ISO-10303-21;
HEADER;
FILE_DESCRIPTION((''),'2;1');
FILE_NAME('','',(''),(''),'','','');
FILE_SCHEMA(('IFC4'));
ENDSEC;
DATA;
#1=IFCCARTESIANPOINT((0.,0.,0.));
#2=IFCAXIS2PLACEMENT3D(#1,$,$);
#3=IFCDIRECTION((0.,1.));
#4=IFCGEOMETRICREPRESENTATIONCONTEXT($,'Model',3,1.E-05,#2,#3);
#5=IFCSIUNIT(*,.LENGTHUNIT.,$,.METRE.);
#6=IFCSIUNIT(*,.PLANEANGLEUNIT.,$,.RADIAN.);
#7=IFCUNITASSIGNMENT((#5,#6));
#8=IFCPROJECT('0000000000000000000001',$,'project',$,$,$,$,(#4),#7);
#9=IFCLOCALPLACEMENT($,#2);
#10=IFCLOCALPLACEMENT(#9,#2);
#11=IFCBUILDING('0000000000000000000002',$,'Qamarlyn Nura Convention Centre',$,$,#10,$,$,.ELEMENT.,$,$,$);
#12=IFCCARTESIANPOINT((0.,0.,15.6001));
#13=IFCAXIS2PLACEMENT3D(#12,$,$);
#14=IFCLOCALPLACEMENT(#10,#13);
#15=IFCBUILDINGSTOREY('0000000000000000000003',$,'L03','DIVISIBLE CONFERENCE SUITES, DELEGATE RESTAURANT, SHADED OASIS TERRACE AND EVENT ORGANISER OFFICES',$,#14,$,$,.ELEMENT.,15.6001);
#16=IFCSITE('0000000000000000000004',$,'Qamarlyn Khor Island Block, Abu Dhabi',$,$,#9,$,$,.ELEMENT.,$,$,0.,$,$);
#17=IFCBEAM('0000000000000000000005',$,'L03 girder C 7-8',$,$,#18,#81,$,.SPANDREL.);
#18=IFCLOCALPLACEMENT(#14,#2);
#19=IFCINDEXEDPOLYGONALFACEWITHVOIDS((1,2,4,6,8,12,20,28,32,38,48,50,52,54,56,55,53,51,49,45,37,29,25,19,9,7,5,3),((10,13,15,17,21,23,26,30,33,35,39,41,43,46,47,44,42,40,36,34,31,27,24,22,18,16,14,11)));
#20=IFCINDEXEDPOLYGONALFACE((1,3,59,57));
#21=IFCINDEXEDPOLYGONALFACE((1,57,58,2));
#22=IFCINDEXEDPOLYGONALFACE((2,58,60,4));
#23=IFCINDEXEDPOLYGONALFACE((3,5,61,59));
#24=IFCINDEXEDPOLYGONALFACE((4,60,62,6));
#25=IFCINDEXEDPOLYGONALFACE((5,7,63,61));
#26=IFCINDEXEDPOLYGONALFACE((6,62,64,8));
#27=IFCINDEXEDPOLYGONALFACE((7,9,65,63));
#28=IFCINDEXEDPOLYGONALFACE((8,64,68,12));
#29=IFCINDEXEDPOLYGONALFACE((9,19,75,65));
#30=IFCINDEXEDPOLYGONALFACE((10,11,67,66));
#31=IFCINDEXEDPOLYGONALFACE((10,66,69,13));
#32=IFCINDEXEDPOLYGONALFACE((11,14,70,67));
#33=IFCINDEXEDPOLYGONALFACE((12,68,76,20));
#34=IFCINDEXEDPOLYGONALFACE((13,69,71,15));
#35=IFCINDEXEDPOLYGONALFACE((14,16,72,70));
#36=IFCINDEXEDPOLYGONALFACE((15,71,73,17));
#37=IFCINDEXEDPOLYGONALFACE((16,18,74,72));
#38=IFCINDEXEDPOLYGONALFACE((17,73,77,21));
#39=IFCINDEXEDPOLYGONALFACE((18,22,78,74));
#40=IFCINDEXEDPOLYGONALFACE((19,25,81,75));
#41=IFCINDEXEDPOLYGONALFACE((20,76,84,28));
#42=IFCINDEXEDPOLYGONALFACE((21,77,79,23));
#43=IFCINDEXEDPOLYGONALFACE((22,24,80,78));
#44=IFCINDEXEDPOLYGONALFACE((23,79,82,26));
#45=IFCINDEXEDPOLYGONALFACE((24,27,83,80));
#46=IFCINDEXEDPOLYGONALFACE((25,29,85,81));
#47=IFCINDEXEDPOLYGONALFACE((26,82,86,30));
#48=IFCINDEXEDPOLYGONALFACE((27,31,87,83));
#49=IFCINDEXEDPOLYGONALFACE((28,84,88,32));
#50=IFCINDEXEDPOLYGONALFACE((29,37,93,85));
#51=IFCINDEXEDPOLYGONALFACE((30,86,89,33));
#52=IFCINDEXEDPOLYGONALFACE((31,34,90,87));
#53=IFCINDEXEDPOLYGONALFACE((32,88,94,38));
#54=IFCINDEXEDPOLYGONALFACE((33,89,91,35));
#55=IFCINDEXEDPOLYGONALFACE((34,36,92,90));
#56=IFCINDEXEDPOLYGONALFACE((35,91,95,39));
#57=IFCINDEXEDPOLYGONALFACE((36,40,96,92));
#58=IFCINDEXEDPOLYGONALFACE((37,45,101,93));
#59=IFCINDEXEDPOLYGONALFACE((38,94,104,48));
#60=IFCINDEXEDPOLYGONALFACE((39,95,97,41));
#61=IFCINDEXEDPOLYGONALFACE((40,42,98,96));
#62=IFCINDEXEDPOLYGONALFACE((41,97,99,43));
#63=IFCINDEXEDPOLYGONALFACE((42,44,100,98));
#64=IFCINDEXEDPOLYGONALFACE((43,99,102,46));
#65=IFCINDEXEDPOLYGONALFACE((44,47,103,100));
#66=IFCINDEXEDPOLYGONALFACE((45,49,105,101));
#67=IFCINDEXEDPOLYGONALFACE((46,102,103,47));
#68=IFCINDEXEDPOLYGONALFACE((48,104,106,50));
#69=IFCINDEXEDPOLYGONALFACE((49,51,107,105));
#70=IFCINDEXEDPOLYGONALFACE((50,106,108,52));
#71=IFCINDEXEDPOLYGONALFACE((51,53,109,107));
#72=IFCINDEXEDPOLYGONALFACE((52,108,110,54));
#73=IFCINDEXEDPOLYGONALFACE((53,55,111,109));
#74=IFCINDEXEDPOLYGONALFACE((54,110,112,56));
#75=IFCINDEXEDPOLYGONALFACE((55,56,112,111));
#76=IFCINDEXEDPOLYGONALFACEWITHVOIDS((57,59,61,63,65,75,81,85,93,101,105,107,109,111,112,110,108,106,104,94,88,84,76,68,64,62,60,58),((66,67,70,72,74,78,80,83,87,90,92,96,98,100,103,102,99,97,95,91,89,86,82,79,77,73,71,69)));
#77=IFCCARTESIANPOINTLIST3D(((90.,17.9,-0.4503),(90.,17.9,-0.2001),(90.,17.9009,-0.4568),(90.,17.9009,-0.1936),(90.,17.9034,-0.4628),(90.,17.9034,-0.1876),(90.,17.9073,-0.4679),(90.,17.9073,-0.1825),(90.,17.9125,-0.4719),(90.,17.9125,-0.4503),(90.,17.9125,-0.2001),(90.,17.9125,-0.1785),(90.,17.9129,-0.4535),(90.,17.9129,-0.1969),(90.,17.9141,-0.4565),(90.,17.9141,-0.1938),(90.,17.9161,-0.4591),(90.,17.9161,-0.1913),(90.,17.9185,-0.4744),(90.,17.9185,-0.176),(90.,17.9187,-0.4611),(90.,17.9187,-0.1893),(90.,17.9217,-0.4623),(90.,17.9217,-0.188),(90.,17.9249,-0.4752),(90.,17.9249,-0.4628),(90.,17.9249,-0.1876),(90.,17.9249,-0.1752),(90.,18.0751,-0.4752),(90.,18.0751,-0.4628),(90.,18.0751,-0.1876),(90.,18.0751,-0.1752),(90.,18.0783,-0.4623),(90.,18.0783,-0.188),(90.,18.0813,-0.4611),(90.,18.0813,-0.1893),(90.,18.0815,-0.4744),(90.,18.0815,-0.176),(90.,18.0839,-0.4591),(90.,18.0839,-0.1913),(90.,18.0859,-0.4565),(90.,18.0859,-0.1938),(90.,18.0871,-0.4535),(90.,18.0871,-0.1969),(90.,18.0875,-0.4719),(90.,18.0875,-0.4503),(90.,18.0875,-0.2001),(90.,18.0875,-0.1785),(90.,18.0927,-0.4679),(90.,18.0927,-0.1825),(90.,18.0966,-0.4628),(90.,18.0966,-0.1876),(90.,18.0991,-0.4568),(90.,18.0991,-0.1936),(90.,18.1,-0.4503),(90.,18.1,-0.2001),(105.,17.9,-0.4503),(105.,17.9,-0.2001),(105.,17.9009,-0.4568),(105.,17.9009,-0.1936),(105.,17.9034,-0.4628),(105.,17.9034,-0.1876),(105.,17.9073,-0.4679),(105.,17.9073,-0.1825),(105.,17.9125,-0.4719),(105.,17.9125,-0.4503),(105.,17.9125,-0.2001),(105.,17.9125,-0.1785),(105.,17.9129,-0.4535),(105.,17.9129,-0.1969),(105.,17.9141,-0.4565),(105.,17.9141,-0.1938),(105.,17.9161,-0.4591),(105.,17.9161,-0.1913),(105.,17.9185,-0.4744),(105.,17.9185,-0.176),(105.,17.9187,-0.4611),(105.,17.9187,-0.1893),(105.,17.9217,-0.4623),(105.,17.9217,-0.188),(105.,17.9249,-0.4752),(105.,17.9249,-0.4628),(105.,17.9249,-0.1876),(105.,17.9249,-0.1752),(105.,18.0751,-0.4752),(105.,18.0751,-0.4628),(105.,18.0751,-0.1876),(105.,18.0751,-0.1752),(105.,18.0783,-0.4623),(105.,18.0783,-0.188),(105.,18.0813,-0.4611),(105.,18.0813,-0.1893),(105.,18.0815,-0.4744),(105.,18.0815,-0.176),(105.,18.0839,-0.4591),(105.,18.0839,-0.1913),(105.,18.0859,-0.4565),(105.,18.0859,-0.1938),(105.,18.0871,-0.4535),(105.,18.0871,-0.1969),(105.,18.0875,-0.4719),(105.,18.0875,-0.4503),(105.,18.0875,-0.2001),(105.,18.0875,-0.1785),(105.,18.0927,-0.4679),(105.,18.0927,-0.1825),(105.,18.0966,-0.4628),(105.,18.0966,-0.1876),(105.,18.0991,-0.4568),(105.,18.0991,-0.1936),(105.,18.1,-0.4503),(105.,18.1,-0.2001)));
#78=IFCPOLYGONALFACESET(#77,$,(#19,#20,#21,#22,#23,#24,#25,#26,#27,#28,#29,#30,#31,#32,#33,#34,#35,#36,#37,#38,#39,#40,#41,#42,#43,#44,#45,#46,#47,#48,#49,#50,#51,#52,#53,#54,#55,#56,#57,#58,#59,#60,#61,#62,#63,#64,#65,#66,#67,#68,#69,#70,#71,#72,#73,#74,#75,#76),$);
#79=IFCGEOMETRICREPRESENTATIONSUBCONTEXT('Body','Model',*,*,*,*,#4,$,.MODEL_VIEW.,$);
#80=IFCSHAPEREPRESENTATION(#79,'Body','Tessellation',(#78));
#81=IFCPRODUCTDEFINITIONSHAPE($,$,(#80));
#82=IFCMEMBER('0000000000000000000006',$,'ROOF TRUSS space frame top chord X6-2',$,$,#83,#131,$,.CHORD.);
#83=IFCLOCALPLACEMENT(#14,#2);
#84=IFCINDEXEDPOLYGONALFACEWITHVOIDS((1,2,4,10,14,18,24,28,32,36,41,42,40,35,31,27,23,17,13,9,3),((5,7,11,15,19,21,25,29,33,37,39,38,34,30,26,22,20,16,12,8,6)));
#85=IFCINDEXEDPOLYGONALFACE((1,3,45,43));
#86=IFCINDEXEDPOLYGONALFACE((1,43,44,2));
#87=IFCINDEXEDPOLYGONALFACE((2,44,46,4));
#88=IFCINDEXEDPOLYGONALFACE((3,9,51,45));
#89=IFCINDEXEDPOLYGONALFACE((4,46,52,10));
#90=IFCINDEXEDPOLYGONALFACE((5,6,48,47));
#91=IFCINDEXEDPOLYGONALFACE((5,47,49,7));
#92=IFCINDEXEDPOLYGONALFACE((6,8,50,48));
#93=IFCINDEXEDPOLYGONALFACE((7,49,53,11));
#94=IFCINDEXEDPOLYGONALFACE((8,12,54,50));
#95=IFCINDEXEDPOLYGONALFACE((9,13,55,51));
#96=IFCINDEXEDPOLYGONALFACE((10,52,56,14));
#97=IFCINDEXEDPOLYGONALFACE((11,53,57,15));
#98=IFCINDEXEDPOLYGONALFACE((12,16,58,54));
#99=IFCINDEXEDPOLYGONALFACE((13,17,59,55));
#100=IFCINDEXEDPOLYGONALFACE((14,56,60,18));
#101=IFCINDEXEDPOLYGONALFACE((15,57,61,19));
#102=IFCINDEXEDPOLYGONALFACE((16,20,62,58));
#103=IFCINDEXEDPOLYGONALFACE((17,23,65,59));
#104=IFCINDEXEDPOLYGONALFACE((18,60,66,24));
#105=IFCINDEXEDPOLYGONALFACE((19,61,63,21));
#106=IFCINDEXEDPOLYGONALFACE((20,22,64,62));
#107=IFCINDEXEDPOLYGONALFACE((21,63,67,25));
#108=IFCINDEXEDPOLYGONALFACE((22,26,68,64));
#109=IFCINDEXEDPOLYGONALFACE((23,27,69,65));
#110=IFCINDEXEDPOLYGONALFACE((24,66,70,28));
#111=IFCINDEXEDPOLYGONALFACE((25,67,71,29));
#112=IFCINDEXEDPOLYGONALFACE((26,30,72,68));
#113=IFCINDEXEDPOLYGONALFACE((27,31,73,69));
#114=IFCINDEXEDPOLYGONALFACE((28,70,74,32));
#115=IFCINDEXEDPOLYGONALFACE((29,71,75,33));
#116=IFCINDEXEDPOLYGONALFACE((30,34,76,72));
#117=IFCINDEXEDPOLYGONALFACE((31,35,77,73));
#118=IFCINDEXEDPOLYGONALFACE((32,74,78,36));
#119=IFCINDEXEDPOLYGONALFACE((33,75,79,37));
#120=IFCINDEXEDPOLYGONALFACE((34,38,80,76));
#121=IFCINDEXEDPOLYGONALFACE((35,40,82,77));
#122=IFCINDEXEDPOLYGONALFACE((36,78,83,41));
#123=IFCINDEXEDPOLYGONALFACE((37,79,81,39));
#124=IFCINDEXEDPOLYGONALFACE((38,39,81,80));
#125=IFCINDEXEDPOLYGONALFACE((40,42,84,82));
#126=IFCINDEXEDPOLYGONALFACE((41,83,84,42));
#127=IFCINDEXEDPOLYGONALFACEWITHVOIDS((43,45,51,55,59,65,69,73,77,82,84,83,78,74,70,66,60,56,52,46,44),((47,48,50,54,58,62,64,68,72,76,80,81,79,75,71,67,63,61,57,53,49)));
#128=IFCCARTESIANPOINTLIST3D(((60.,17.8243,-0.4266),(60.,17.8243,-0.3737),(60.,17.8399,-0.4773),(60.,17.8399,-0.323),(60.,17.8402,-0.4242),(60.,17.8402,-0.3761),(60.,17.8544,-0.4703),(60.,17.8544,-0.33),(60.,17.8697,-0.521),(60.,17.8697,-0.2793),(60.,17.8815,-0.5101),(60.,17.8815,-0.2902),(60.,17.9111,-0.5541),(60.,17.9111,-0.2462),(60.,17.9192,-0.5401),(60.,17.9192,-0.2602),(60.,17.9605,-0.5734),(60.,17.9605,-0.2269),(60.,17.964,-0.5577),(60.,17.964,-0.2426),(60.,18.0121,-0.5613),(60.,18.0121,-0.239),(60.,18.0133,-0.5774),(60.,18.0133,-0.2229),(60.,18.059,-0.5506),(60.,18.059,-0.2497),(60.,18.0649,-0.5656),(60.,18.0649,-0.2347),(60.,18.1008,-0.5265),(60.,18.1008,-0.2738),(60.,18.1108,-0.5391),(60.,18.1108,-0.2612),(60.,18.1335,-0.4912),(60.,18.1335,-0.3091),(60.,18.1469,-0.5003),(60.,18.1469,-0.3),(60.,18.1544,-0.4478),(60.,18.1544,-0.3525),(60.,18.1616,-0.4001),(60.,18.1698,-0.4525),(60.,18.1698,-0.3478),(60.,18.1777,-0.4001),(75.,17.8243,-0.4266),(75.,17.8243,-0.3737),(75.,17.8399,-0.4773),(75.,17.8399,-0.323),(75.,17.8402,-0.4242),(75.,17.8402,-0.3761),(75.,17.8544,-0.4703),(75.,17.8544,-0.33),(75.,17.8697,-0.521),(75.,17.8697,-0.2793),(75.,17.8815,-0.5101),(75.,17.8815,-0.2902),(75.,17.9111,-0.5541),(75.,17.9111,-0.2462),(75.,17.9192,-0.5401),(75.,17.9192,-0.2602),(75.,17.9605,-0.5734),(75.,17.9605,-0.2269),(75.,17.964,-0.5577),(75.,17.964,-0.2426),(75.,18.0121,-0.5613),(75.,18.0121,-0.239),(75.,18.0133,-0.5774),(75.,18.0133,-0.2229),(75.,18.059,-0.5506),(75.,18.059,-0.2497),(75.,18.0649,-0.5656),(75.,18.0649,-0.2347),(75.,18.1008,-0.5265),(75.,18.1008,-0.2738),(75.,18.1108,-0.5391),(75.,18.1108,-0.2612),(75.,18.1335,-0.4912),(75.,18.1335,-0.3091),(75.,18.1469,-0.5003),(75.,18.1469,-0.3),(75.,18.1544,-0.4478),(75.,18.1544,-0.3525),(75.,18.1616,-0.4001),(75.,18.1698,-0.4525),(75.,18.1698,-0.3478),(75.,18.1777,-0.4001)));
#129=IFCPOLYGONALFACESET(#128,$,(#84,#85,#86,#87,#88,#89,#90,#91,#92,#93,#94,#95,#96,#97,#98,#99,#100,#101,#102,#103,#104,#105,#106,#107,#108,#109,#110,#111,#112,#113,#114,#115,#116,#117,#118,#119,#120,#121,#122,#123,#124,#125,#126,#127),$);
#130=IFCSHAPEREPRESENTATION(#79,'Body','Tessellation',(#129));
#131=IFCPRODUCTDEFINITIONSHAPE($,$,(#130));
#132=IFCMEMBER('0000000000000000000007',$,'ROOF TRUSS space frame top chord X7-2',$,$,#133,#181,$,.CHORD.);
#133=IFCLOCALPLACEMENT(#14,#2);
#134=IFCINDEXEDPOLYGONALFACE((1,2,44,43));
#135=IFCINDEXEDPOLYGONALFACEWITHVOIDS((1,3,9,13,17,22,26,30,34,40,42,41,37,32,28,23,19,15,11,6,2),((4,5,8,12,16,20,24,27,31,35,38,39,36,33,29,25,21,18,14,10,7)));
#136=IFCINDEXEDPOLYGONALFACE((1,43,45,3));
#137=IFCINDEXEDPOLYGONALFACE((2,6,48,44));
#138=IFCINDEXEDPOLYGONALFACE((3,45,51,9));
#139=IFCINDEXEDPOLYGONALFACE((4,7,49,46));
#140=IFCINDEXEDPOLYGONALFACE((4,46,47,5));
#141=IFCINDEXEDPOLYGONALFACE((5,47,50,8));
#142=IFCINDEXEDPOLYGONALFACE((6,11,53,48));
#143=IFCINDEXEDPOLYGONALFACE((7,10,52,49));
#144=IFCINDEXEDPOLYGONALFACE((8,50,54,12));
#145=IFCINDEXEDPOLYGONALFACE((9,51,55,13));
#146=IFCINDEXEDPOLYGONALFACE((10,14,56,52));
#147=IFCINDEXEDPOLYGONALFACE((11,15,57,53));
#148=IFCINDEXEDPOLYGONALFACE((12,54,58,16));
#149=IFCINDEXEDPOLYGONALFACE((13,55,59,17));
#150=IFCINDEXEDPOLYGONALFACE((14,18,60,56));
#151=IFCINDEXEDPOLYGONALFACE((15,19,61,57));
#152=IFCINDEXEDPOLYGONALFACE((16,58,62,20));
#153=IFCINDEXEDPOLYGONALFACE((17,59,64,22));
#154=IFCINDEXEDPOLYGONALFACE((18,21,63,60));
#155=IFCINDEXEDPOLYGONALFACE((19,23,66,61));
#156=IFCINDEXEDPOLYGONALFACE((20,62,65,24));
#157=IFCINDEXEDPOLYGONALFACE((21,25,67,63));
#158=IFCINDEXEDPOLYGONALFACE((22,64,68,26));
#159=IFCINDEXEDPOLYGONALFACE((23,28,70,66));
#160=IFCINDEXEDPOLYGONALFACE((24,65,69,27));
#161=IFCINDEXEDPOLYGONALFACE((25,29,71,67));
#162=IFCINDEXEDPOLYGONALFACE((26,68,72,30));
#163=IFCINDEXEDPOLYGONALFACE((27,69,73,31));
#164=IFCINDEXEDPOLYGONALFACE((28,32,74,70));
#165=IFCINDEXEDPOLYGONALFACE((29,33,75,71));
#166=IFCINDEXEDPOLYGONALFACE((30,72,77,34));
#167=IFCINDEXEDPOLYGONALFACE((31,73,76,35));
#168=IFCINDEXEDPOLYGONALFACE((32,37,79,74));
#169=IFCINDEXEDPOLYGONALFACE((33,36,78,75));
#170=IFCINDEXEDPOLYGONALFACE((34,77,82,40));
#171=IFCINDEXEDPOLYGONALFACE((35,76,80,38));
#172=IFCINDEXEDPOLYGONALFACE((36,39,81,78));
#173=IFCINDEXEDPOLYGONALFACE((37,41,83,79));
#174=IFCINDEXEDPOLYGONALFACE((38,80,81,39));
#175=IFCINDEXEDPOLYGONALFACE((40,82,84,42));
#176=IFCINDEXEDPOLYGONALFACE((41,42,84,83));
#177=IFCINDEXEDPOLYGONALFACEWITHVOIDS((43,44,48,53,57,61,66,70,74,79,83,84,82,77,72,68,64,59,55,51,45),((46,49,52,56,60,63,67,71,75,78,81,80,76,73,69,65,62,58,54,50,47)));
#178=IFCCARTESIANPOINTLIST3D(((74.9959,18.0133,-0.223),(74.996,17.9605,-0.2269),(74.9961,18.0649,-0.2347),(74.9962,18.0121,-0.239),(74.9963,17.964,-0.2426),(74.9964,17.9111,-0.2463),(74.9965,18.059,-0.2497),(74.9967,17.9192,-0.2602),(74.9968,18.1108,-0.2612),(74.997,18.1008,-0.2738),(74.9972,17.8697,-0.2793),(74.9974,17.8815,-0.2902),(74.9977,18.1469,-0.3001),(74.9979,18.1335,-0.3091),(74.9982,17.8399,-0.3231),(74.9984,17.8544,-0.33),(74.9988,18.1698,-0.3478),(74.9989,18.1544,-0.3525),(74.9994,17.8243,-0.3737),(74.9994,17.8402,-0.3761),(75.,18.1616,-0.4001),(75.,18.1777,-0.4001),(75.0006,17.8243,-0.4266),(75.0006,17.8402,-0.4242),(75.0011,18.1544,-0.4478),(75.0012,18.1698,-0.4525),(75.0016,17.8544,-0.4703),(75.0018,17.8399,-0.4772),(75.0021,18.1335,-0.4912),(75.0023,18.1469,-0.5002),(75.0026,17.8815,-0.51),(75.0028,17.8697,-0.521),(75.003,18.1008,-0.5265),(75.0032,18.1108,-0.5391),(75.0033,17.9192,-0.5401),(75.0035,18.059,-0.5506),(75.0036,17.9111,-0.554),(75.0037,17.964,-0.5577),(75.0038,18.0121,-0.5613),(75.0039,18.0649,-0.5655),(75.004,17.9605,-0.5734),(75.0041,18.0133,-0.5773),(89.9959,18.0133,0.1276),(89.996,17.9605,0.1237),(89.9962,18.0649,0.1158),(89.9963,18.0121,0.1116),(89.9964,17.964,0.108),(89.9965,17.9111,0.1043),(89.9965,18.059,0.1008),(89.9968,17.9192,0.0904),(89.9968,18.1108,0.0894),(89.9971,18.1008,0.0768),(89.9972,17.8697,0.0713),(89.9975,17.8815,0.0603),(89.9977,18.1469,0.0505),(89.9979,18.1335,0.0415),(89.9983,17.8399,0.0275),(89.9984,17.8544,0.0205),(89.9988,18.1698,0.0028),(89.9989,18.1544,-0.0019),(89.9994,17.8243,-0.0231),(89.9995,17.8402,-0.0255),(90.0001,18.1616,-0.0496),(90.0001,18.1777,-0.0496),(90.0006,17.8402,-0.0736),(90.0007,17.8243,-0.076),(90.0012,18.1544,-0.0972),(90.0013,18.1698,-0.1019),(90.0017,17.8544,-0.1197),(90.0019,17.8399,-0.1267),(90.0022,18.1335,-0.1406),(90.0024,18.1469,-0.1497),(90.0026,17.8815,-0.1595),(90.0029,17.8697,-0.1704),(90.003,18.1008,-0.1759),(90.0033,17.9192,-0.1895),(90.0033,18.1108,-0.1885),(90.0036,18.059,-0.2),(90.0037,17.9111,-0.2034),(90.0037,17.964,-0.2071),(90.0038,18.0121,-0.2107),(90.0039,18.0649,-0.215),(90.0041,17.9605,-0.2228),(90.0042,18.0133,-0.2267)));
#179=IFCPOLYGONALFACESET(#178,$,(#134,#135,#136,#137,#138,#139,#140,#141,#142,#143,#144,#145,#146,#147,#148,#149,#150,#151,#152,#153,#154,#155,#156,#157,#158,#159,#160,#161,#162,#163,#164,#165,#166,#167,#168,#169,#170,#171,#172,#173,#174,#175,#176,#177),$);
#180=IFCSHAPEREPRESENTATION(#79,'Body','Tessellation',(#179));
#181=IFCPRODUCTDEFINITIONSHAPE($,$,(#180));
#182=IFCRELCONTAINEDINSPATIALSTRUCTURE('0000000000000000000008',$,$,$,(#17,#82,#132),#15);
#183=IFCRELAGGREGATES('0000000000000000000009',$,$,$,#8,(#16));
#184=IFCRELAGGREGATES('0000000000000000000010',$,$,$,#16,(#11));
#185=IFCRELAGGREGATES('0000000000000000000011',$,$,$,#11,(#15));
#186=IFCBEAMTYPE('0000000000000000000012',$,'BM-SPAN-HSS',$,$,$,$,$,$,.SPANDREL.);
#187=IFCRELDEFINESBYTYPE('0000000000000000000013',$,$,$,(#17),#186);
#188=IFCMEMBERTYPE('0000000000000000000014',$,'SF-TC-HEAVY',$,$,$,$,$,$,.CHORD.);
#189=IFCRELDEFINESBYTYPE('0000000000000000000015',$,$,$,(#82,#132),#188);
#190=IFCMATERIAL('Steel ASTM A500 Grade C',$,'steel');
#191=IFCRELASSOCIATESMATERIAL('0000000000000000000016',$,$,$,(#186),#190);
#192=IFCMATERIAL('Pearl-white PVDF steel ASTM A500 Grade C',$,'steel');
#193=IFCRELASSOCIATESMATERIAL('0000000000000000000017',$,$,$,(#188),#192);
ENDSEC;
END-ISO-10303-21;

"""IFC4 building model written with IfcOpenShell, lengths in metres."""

from ifc_helpers import new_model, si_unit, direction, frame, origin, origin_2d, place, context, subcontext, project, spatial, hollow_rectangle, hollow_circle, extrude, material, material_profile, profile_set, type_object, element, save


model = new_model("IFC4")

# Units and contexts
model_context = context("Model", 3, precision=1e-05, world=origin(), true_north=direction((0.0, 1.0)))
body_context = subcontext(model_context, "Body", "Model", "MODEL_VIEW")
ifc_project = project(units=[si_unit("LENGTHUNIT", "METRE"), si_unit("PLANEANGLEUNIT", "RADIAN")], contexts=[model_context])

# Site, building, storey
site_placement = place(None, origin())
site = spatial("IfcSite", under=ifc_project, at=site_placement, Name="Qamarlyn Khor Island Block, Abu Dhabi", CompositionType="ELEMENT", RefElevation=0.0)
building_placement = place(site_placement, origin())
building = spatial("IfcBuilding", under=site, at=building_placement, Name="Qamarlyn Nura Convention Centre", CompositionType="ELEMENT")
storey_placement = place(building_placement, frame((0.0, 0.0, 15.6001)))
storey = spatial("IfcBuildingStorey", under=building, at=storey_placement, Name="L03", Description="DIVISIBLE CONFERENCE SUITES, DELEGATE RESTAURANT, SHADED OASIS TERRACE AND EVENT ORGANISER OFFICES", CompositionType="ELEMENT", Elevation=15.6001)

# Beam
ifc_material_1 = material(Name="Steel ASTM A500 Grade C", Category="steel")
ifc_material_profile_1 = material_profile(ifc_material_1, hollow_rectangle(XDim=0.2, YDim=0.3, WallThickness=0.0125, InnerFilletRadius=0.0125, OuterFilletRadius=0.0249, at=origin_2d()), Name="HSS300X200X12.5")
ifc_profile_set_1 = profile_set([ifc_material_profile_1], Name="Steel ASTM A500 Grade C")
beam_type_1 = type_object("IfcBeamType", Name="BM-SPAN-HSS", PredefinedType="SPANDREL", material=ifc_profile_set_1)
beam_placement = place(storey_placement, frame((90.0, 18.0, -0.3252), z_axis=(1.0, 0.0, 0.0), x_axis=(0.0, 1.0, 0.0)))
element("IfcBeam", 1, at=beam_placement, inside=storey, type_object=beam_type_1, Name="L03 girder C 7-8", PredefinedType="SPANDREL", context=body_context, shape_type="SweptSolid", body=[
    extrude(hollow_rectangle(XDim=0.2, YDim=0.3, WallThickness=0.0125, InnerFilletRadius=0.0125, OuterFilletRadius=0.0249, at=origin_2d()), origin(), (0.0, 0.0, 1.0), 15.0),
])

# Members
ifc_material_2 = material(Name="Pearl-white PVDF steel ASTM A500 Grade C", Category="steel")
ifc_material_profile_2 = material_profile(ifc_material_2, hollow_circle(Radius=0.1777, WallThickness=0.0161, at=origin_2d()), Name="CHS355.6X16")
ifc_profile_set_2 = profile_set([ifc_material_profile_2], Name="Pearl-white PVDF steel ASTM A500 Grade C")
member_type_1 = type_object("IfcMemberType", Name="SF-TC-HEAVY", PredefinedType="CHORD", material=ifc_profile_set_2)
member_1_placement = place(storey_placement, frame((60.0, 18.0, -0.4001), z_axis=(1.0, 0.0, 0.0), x_axis=(0.0, 1.0, 0.0)))
element("IfcMember", 2, at=member_1_placement, inside=storey, type_object=member_type_1, Name="ROOF TRUSS space frame top chord X6-2", PredefinedType="CHORD", context=body_context, shape_type="SweptSolid", body=[
    extrude(hollow_circle(Radius=0.1777, WallThickness=0.0161, at=origin_2d()), origin(), (0.0, 0.0, 1.0), 15.0),
])
member_2_placement = place(storey_placement, frame((75.0, 18.0, -0.4001), z_axis=(0.999727, 0.0, 0.023366), x_axis=(0.0, 1.0, 0.0)))
element("IfcMember", 3, at=member_2_placement, inside=storey, type_object=member_type_1, Name="ROOF TRUSS space frame top chord X7-2", PredefinedType="CHORD", context=body_context, shape_type="SweptSolid", body=[
    extrude(hollow_circle(Radius=0.1777, WallThickness=0.0161, at=origin_2d()), origin(), (0.0, 0.0, 1.0), 15.0042),
])

save(model, "model.ifc")
